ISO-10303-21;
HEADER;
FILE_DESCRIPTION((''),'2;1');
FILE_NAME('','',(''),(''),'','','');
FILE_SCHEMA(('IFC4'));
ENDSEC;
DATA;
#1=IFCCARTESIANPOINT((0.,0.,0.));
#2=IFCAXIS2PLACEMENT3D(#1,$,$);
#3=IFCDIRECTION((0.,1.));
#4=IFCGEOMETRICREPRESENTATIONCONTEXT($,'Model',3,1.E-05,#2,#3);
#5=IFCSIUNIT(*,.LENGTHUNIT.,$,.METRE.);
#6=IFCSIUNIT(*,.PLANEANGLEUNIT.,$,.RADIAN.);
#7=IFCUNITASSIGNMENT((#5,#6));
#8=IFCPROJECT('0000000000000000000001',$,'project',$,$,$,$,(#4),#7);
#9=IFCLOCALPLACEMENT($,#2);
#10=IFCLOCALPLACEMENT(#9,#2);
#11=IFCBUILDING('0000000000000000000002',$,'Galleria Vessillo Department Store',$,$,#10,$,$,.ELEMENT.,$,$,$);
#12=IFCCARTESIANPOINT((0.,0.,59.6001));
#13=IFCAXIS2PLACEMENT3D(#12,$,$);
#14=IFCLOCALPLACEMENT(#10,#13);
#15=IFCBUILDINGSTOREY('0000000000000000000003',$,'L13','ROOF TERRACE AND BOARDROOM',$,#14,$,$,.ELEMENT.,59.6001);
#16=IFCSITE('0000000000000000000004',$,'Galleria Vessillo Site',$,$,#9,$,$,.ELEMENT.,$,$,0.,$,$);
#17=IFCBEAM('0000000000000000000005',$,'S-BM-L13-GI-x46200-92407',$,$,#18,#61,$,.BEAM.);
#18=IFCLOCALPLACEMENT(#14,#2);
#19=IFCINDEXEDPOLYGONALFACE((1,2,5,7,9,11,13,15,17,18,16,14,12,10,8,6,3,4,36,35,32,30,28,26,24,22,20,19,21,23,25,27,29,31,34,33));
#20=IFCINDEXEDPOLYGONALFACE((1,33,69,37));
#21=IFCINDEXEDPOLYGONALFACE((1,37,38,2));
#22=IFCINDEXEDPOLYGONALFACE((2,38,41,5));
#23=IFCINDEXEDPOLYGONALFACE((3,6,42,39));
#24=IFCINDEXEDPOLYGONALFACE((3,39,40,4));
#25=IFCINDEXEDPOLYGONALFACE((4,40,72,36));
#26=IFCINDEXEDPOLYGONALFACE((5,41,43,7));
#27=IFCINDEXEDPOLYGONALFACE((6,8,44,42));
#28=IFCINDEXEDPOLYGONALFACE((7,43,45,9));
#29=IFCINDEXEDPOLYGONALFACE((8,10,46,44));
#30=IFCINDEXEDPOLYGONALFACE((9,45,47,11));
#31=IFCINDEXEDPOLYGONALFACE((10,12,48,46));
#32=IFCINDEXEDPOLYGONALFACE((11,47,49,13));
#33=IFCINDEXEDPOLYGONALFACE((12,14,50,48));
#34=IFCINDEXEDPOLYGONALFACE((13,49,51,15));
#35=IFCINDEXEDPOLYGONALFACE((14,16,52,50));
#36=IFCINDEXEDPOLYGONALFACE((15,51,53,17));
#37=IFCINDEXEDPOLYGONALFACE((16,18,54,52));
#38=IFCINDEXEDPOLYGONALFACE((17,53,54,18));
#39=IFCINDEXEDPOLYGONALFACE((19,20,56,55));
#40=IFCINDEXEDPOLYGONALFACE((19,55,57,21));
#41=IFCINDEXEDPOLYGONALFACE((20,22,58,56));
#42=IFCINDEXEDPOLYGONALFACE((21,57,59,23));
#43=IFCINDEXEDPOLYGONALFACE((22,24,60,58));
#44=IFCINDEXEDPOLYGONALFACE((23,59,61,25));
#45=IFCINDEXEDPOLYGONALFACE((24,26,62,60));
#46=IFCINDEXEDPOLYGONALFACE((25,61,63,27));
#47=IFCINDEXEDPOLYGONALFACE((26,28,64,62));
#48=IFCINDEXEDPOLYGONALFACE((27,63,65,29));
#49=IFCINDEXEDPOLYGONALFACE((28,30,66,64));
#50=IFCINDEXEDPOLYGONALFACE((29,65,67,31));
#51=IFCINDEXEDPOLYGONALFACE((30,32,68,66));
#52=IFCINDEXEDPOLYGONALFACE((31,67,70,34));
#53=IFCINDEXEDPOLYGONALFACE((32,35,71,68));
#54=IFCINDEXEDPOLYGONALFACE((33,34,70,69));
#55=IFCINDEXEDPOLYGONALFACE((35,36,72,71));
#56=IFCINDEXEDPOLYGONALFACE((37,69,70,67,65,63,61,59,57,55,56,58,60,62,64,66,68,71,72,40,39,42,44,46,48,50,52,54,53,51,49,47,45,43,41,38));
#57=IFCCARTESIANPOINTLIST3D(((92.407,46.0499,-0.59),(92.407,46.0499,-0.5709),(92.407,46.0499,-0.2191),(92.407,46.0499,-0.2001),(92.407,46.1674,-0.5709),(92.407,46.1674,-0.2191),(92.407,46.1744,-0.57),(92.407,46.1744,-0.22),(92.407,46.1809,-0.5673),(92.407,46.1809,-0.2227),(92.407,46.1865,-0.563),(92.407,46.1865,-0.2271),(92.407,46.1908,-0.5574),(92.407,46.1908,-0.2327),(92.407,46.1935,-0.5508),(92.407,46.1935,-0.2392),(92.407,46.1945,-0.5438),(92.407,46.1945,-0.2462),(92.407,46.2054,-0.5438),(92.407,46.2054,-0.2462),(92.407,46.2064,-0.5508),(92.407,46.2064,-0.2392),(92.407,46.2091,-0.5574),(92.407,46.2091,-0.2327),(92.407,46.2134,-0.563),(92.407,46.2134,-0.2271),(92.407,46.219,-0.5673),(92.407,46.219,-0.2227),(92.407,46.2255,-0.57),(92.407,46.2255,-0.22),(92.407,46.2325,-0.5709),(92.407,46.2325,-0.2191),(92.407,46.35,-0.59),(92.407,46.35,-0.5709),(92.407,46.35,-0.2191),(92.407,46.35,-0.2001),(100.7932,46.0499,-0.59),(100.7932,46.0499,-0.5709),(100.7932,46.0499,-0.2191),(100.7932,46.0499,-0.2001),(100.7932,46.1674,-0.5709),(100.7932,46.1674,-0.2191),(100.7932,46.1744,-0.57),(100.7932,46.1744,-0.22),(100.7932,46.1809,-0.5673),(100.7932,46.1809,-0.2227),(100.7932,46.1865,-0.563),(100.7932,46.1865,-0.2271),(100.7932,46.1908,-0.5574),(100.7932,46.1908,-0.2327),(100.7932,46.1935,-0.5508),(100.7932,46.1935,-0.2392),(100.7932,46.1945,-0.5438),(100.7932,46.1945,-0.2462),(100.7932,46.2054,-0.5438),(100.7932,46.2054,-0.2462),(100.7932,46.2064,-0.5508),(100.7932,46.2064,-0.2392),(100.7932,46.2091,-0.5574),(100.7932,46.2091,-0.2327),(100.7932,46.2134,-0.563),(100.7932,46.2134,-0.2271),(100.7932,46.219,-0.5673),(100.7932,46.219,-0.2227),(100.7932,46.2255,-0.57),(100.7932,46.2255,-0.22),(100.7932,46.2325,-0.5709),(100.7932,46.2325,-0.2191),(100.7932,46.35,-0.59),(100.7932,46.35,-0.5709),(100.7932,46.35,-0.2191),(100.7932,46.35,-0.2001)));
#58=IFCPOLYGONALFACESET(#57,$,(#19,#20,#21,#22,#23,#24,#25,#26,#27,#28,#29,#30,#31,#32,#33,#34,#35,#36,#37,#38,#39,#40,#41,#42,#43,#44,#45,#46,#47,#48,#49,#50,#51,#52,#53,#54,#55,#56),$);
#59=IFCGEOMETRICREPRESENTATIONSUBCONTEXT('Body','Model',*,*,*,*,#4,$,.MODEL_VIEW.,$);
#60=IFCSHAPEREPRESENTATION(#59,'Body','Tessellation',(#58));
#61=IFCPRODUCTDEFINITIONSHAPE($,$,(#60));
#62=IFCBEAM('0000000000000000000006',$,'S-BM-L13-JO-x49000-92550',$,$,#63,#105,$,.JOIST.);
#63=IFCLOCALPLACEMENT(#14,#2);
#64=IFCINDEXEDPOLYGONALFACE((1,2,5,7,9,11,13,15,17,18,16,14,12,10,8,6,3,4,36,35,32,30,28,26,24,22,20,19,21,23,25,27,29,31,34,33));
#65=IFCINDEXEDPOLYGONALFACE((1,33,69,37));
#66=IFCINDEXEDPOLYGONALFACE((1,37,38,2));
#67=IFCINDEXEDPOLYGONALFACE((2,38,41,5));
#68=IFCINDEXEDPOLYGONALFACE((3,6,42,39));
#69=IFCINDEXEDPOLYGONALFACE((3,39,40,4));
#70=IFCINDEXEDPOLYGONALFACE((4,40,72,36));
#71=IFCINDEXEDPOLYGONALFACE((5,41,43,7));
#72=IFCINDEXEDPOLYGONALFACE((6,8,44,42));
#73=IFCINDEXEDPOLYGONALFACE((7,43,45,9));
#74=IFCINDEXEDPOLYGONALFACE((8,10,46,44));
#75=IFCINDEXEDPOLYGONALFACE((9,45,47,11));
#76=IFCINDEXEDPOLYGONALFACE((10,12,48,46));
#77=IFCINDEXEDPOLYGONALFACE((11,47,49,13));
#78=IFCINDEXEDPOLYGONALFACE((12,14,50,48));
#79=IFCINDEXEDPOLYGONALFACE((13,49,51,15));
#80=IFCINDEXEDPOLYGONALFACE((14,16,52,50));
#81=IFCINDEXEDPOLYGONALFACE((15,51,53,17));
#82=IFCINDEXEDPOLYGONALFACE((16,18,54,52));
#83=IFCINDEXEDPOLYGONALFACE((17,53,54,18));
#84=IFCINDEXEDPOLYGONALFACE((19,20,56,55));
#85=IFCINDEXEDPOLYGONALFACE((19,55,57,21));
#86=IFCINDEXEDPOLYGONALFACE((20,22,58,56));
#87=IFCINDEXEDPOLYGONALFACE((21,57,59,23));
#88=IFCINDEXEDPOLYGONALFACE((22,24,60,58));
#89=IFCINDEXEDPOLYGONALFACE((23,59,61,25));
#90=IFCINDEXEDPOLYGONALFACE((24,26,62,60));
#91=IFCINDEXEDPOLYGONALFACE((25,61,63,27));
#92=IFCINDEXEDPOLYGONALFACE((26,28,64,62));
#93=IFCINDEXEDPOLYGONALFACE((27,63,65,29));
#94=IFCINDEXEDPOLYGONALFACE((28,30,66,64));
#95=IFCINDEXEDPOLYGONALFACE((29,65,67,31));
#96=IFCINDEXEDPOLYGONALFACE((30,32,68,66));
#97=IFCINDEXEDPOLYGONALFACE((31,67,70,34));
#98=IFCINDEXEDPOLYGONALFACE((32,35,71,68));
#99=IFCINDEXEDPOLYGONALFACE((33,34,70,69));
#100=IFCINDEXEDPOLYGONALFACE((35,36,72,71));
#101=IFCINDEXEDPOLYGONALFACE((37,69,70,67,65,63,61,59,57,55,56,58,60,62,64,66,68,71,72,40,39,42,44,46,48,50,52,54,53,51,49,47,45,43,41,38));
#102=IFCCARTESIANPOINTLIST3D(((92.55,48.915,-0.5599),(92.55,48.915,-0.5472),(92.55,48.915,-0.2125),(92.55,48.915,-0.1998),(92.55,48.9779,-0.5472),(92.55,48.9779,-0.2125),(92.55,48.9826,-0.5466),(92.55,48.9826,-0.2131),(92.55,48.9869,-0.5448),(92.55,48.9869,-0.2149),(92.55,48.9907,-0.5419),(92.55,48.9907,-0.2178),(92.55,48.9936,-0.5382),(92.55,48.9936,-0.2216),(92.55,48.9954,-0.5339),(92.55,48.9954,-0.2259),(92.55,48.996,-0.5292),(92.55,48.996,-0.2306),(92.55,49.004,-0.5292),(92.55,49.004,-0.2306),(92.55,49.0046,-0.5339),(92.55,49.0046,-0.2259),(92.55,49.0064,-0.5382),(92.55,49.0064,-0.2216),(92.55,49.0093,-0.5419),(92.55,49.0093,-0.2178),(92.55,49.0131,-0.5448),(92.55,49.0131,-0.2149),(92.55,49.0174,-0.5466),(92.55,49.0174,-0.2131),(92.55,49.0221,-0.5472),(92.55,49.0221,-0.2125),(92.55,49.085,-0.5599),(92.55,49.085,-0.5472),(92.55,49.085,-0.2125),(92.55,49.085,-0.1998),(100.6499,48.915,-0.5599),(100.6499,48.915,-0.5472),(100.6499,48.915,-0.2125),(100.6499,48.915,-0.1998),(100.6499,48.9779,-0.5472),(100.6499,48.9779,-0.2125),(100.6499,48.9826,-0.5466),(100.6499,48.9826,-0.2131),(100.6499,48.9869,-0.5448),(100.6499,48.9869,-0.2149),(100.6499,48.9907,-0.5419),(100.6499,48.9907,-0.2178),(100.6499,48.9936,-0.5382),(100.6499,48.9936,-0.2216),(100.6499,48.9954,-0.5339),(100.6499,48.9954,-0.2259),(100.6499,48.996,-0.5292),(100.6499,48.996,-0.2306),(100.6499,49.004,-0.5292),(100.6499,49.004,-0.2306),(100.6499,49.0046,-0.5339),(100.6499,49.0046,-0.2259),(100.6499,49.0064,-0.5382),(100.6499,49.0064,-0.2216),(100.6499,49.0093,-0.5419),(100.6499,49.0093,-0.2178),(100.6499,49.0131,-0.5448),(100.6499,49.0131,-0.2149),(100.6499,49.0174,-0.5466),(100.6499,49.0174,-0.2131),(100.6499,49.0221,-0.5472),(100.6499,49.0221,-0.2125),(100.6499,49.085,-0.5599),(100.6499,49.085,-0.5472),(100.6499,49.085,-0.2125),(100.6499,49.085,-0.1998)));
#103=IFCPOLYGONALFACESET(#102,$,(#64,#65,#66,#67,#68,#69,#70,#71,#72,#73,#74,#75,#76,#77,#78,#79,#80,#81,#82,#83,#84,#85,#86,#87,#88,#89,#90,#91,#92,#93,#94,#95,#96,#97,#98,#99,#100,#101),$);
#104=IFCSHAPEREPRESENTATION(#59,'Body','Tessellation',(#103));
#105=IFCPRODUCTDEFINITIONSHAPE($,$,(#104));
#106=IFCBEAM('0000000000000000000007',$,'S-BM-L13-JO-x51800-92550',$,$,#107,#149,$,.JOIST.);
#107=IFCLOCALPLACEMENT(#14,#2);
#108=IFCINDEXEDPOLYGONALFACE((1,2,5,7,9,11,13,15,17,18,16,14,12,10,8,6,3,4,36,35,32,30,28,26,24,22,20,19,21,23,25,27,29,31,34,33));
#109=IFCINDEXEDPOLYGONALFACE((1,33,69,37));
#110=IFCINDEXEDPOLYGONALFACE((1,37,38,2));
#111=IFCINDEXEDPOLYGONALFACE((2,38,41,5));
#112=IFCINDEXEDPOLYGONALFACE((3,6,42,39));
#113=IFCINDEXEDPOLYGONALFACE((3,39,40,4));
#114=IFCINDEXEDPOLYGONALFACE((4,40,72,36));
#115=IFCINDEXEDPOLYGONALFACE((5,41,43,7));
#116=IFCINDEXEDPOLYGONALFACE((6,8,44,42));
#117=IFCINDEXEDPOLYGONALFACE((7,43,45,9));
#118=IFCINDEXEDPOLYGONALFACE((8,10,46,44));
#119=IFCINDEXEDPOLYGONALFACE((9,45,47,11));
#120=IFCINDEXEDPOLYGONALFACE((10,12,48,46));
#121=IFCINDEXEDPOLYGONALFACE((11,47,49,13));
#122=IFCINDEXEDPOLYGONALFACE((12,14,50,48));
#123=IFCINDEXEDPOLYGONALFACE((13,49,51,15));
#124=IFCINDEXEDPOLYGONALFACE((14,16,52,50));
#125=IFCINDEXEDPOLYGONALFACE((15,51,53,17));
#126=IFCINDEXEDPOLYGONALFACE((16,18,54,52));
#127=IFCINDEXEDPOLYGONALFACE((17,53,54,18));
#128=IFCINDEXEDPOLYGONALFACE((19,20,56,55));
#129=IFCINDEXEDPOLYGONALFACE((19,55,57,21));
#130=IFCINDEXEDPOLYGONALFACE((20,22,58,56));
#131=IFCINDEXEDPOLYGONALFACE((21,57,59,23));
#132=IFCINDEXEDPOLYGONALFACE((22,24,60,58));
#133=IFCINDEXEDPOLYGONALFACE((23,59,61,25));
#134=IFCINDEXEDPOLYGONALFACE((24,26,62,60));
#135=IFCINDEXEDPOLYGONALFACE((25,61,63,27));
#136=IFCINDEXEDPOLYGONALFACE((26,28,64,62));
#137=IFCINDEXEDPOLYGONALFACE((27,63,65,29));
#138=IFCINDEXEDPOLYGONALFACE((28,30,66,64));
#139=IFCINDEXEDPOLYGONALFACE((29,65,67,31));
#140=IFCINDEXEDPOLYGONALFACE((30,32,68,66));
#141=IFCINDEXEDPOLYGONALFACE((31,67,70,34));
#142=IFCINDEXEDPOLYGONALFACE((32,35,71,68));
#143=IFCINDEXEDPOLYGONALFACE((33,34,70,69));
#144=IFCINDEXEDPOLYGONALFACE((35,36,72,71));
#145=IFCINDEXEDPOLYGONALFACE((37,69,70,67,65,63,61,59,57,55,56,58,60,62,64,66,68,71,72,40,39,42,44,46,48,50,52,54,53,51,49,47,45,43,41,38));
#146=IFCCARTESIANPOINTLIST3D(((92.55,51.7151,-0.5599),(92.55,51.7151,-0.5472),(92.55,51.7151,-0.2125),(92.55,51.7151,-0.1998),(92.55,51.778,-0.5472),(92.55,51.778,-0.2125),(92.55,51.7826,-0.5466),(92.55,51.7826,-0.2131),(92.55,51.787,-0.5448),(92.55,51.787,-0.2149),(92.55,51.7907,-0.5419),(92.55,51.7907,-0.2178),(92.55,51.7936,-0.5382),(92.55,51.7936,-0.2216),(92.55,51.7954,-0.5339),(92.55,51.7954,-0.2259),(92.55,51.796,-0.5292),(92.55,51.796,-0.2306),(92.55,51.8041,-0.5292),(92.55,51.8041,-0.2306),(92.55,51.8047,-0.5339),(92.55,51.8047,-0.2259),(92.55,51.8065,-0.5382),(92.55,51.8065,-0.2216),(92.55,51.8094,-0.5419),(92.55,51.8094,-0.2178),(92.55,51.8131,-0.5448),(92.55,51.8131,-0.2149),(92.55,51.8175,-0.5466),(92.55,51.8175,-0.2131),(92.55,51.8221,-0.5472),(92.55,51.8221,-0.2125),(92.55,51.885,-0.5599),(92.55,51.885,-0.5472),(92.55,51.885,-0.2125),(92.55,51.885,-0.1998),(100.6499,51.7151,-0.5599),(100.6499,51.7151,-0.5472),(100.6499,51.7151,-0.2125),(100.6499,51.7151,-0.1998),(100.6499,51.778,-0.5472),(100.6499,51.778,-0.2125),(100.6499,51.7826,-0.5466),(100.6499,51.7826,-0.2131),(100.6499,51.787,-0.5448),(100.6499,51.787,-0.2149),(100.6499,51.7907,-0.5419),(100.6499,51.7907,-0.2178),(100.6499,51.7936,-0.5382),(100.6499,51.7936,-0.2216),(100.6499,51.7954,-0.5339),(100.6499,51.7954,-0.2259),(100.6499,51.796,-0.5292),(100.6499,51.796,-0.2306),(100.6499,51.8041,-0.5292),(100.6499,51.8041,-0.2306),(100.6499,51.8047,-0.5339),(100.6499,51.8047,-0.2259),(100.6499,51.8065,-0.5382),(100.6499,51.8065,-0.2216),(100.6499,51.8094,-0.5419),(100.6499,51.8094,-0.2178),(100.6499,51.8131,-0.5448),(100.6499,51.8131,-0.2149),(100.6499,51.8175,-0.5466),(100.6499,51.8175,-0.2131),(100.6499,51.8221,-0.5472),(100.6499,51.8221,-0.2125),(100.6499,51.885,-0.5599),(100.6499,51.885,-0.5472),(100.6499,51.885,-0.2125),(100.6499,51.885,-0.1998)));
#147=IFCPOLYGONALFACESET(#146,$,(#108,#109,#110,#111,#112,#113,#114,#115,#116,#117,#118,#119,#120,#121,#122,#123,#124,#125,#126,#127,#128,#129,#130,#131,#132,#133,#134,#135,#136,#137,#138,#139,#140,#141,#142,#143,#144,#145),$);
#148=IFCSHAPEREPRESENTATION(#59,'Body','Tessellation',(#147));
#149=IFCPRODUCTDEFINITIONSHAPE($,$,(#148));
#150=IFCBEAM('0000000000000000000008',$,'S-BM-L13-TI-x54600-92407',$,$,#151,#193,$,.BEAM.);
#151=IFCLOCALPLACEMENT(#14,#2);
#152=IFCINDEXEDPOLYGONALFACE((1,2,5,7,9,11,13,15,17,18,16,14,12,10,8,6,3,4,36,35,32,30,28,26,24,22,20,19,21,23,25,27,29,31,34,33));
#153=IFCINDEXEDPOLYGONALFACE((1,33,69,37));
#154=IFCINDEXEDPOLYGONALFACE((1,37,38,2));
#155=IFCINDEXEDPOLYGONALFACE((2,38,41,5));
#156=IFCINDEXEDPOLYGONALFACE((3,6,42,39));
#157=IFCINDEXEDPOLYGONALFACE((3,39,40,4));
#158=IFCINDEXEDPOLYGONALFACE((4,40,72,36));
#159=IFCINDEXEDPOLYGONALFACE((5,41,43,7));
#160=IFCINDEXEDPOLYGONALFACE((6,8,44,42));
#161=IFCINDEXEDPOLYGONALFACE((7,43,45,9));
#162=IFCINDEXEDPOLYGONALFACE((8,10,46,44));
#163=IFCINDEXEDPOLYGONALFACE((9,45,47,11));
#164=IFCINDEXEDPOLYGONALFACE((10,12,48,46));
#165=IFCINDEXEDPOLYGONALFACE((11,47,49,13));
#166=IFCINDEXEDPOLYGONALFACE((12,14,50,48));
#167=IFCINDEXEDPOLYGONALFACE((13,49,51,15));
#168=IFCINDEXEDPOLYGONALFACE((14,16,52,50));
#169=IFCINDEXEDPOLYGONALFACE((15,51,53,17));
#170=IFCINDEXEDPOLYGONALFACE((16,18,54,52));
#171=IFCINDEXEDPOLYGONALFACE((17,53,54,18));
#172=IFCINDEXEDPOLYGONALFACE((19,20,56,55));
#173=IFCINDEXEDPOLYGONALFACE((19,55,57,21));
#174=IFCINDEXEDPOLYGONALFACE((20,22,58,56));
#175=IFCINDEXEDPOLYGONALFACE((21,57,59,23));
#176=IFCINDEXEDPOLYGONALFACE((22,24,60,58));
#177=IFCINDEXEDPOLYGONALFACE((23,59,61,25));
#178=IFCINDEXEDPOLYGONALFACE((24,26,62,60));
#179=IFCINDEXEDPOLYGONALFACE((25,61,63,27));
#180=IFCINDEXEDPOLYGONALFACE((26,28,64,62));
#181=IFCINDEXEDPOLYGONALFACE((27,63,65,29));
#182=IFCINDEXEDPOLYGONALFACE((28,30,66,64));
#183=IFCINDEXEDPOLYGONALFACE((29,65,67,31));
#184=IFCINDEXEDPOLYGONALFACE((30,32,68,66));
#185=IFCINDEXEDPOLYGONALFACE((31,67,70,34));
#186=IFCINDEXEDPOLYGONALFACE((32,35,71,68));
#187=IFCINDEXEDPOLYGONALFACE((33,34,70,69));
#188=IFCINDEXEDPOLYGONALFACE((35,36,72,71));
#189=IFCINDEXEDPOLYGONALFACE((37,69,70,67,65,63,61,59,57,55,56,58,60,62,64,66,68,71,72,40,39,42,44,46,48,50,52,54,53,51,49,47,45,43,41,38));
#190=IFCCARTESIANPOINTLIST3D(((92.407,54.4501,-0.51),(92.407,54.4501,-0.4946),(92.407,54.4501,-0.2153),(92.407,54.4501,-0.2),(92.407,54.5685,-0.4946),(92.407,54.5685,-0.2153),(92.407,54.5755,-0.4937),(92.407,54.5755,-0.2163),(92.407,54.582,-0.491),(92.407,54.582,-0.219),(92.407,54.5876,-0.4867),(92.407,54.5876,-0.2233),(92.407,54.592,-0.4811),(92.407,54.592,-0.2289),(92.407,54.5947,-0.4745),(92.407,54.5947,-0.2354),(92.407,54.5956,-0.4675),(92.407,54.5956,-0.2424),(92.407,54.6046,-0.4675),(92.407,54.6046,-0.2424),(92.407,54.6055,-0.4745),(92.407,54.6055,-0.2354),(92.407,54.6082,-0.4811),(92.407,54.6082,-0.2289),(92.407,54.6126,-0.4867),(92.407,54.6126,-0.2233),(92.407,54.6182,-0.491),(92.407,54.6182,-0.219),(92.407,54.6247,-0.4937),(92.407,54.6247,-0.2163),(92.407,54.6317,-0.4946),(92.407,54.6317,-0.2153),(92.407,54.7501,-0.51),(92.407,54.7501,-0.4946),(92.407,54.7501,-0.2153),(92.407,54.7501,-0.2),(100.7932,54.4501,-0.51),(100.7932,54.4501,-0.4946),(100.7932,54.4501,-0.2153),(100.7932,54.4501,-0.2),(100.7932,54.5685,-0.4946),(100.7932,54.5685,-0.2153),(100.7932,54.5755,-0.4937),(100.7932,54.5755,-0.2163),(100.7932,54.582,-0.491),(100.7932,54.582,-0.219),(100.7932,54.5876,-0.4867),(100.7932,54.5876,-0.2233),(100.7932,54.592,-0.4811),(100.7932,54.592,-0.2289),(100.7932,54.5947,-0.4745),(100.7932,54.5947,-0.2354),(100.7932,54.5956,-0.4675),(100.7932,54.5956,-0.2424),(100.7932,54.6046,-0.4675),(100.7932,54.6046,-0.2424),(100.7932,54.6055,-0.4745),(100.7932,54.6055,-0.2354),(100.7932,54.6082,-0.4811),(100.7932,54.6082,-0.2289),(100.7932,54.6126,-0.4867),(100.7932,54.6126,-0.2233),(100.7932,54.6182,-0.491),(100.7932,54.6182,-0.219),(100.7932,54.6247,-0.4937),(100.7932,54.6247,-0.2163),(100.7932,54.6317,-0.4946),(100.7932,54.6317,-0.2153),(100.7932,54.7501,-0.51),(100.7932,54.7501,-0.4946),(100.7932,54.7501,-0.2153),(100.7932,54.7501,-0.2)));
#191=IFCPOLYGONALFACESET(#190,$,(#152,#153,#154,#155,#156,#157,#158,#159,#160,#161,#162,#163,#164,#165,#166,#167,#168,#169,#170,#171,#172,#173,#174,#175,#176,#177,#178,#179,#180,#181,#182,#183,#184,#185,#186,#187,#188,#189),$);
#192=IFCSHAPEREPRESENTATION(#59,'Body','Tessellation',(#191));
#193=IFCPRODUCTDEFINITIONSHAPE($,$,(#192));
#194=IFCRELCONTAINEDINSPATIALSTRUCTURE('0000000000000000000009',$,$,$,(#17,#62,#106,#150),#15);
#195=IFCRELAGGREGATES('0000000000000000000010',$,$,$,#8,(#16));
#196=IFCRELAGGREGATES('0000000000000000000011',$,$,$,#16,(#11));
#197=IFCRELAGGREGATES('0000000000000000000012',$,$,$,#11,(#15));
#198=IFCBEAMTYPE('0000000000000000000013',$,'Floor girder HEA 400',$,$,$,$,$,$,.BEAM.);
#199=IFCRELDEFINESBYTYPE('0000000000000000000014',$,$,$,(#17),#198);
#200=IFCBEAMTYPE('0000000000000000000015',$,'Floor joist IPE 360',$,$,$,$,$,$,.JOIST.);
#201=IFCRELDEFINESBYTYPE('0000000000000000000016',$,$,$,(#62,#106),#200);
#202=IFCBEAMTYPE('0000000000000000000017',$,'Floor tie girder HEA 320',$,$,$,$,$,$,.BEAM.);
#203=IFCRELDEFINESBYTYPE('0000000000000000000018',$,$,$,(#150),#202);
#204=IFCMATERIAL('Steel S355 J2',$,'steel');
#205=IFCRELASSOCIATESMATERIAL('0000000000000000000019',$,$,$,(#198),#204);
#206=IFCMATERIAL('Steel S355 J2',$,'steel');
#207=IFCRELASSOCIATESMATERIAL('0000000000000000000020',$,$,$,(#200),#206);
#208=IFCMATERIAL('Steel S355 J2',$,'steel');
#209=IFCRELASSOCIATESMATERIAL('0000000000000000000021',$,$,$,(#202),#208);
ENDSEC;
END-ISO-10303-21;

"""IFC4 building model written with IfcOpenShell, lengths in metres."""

from ifc_helpers import new_model, si_unit, direction, frame, origin, origin_2d, place, context, subcontext, project, spatial, i_section, extrude, material, material_profile, profile_set, type_object, element, save


model = new_model("IFC4")

# Units and contexts
model_context = context("Model", 3, precision=1e-05, world=origin(), true_north=direction((0.0, 1.0)))
body_context = subcontext(model_context, "Body", "Model", "MODEL_VIEW")
ifc_project = project(units=[si_unit("LENGTHUNIT", "METRE"), si_unit("PLANEANGLEUNIT", "RADIAN")], contexts=[model_context])

# Site, building, storey
site_placement = place(None, origin())
site = spatial("IfcSite", under=ifc_project, at=site_placement, Name="Galleria Vessillo Site", CompositionType="ELEMENT", RefElevation=0.0)
building_placement = place(site_placement, origin())
building = spatial("IfcBuilding", under=site, at=building_placement, Name="Galleria Vessillo Department Store", CompositionType="ELEMENT")
storey_placement = place(building_placement, frame((0.0, 0.0, 59.6001)))
storey = spatial("IfcBuildingStorey", under=building, at=storey_placement, Name="L13", Description="ROOF TERRACE AND BOARDROOM", CompositionType="ELEMENT", Elevation=59.6001)

# Beams
ifc_material_1 = material(Name="Steel S355 J2", Category="steel")
ifc_material_profile_1 = material_profile(ifc_material_1, i_section(OverallWidth=0.3, OverallDepth=0.3899, WebThickness=0.011, FlangeThickness=0.019, FilletRadius=0.0271, at=origin_2d()), Name="HEA 400")
ifc_profile_set_1 = profile_set([ifc_material_profile_1], Name="Steel S355 J2")
beam_type_1 = type_object("IfcBeamType", Name="Floor girder HEA 400", PredefinedType="BEAM", material=ifc_profile_set_1)
beam_1_placement = place(storey_placement, frame((92.407, 46.2, -0.395), z_axis=(1.0, 0.0, 0.0), x_axis=(0.0, 1.0, 0.0)))
element("IfcBeam", 1, at=beam_1_placement, inside=storey, type_object=beam_type_1, Name="S-BM-L13-GI-x46200-92407", PredefinedType="BEAM", context=body_context, shape_type="SweptSolid", body=[
    extrude(i_section(OverallWidth=0.3, OverallDepth=0.3899, WebThickness=0.011, FlangeThickness=0.019, FilletRadius=0.0271, at=origin_2d()), origin(), (0.0, 0.0, 1.0), 8.3862),
])
ifc_material_2 = material(Name="Steel S355 J2", Category="steel")
ifc_material_profile_2 = material_profile(ifc_material_2, i_section(OverallWidth=0.1699, OverallDepth=0.3601, WebThickness=0.0081, FlangeThickness=0.0127, FilletRadius=0.0181, at=origin_2d()), Name="IPE 360")
ifc_profile_set_2 = profile_set([ifc_material_profile_2], Name="Steel S355 J2")
beam_type_2 = type_object("IfcBeamType", Name="Floor joist IPE 360", PredefinedType="JOIST", material=ifc_profile_set_2)
for number, where, z_axis, x_axis, name in (
    (2, (92.55, 49.0, -0.3799), (1.0, 0.0, 0.0), (0.0, 1.0, 0.0), "S-BM-L13-JO-x49000-92550"),
    (3, (92.55, 51.8, -0.3799), (1.0, 0.0, 0.0), (0.0, 1.0, 0.0), "S-BM-L13-JO-x51800-92550"),
):
    element("IfcBeam", number, at=place(storey_placement, frame(where, z_axis=z_axis, x_axis=x_axis)), inside=storey, type_object=beam_type_2, Name=name, PredefinedType="JOIST", context=body_context, shape_type="SweptSolid", body=[
        extrude(i_section(OverallWidth=0.1699, OverallDepth=0.3601, WebThickness=0.0081, FlangeThickness=0.0127, FilletRadius=0.0181, at=origin_2d()), origin(), (0.0, 0.0, 1.0), 8.0999),
    ])
ifc_material_3 = material(Name="Steel S355 J2", Category="steel")
ifc_material_profile_3 = material_profile(ifc_material_3, i_section(OverallWidth=0.3, OverallDepth=0.3101, WebThickness=0.009, FlangeThickness=0.0154, FilletRadius=0.0271, at=origin_2d()), Name="HEA 320")
ifc_profile_set_3 = profile_set([ifc_material_profile_3], Name="Steel S355 J2")
beam_type_3 = type_object("IfcBeamType", Name="Floor tie girder HEA 320", PredefinedType="BEAM", material=ifc_profile_set_3)
beam_2_placement = place(storey_placement, frame((92.407, 54.6001, -0.355), z_axis=(1.0, 0.0, 0.0), x_axis=(0.0, 1.0, 0.0)))
element("IfcBeam", 4, at=beam_2_placement, inside=storey, type_object=beam_type_3, Name="S-BM-L13-TI-x54600-92407", PredefinedType="BEAM", context=body_context, shape_type="SweptSolid", body=[
    extrude(i_section(OverallWidth=0.3, OverallDepth=0.3101, WebThickness=0.009, FlangeThickness=0.0154, FilletRadius=0.0271, at=origin_2d()), origin(), (0.0, 0.0, 1.0), 8.3862),
])

save(model, "model.ifc")
